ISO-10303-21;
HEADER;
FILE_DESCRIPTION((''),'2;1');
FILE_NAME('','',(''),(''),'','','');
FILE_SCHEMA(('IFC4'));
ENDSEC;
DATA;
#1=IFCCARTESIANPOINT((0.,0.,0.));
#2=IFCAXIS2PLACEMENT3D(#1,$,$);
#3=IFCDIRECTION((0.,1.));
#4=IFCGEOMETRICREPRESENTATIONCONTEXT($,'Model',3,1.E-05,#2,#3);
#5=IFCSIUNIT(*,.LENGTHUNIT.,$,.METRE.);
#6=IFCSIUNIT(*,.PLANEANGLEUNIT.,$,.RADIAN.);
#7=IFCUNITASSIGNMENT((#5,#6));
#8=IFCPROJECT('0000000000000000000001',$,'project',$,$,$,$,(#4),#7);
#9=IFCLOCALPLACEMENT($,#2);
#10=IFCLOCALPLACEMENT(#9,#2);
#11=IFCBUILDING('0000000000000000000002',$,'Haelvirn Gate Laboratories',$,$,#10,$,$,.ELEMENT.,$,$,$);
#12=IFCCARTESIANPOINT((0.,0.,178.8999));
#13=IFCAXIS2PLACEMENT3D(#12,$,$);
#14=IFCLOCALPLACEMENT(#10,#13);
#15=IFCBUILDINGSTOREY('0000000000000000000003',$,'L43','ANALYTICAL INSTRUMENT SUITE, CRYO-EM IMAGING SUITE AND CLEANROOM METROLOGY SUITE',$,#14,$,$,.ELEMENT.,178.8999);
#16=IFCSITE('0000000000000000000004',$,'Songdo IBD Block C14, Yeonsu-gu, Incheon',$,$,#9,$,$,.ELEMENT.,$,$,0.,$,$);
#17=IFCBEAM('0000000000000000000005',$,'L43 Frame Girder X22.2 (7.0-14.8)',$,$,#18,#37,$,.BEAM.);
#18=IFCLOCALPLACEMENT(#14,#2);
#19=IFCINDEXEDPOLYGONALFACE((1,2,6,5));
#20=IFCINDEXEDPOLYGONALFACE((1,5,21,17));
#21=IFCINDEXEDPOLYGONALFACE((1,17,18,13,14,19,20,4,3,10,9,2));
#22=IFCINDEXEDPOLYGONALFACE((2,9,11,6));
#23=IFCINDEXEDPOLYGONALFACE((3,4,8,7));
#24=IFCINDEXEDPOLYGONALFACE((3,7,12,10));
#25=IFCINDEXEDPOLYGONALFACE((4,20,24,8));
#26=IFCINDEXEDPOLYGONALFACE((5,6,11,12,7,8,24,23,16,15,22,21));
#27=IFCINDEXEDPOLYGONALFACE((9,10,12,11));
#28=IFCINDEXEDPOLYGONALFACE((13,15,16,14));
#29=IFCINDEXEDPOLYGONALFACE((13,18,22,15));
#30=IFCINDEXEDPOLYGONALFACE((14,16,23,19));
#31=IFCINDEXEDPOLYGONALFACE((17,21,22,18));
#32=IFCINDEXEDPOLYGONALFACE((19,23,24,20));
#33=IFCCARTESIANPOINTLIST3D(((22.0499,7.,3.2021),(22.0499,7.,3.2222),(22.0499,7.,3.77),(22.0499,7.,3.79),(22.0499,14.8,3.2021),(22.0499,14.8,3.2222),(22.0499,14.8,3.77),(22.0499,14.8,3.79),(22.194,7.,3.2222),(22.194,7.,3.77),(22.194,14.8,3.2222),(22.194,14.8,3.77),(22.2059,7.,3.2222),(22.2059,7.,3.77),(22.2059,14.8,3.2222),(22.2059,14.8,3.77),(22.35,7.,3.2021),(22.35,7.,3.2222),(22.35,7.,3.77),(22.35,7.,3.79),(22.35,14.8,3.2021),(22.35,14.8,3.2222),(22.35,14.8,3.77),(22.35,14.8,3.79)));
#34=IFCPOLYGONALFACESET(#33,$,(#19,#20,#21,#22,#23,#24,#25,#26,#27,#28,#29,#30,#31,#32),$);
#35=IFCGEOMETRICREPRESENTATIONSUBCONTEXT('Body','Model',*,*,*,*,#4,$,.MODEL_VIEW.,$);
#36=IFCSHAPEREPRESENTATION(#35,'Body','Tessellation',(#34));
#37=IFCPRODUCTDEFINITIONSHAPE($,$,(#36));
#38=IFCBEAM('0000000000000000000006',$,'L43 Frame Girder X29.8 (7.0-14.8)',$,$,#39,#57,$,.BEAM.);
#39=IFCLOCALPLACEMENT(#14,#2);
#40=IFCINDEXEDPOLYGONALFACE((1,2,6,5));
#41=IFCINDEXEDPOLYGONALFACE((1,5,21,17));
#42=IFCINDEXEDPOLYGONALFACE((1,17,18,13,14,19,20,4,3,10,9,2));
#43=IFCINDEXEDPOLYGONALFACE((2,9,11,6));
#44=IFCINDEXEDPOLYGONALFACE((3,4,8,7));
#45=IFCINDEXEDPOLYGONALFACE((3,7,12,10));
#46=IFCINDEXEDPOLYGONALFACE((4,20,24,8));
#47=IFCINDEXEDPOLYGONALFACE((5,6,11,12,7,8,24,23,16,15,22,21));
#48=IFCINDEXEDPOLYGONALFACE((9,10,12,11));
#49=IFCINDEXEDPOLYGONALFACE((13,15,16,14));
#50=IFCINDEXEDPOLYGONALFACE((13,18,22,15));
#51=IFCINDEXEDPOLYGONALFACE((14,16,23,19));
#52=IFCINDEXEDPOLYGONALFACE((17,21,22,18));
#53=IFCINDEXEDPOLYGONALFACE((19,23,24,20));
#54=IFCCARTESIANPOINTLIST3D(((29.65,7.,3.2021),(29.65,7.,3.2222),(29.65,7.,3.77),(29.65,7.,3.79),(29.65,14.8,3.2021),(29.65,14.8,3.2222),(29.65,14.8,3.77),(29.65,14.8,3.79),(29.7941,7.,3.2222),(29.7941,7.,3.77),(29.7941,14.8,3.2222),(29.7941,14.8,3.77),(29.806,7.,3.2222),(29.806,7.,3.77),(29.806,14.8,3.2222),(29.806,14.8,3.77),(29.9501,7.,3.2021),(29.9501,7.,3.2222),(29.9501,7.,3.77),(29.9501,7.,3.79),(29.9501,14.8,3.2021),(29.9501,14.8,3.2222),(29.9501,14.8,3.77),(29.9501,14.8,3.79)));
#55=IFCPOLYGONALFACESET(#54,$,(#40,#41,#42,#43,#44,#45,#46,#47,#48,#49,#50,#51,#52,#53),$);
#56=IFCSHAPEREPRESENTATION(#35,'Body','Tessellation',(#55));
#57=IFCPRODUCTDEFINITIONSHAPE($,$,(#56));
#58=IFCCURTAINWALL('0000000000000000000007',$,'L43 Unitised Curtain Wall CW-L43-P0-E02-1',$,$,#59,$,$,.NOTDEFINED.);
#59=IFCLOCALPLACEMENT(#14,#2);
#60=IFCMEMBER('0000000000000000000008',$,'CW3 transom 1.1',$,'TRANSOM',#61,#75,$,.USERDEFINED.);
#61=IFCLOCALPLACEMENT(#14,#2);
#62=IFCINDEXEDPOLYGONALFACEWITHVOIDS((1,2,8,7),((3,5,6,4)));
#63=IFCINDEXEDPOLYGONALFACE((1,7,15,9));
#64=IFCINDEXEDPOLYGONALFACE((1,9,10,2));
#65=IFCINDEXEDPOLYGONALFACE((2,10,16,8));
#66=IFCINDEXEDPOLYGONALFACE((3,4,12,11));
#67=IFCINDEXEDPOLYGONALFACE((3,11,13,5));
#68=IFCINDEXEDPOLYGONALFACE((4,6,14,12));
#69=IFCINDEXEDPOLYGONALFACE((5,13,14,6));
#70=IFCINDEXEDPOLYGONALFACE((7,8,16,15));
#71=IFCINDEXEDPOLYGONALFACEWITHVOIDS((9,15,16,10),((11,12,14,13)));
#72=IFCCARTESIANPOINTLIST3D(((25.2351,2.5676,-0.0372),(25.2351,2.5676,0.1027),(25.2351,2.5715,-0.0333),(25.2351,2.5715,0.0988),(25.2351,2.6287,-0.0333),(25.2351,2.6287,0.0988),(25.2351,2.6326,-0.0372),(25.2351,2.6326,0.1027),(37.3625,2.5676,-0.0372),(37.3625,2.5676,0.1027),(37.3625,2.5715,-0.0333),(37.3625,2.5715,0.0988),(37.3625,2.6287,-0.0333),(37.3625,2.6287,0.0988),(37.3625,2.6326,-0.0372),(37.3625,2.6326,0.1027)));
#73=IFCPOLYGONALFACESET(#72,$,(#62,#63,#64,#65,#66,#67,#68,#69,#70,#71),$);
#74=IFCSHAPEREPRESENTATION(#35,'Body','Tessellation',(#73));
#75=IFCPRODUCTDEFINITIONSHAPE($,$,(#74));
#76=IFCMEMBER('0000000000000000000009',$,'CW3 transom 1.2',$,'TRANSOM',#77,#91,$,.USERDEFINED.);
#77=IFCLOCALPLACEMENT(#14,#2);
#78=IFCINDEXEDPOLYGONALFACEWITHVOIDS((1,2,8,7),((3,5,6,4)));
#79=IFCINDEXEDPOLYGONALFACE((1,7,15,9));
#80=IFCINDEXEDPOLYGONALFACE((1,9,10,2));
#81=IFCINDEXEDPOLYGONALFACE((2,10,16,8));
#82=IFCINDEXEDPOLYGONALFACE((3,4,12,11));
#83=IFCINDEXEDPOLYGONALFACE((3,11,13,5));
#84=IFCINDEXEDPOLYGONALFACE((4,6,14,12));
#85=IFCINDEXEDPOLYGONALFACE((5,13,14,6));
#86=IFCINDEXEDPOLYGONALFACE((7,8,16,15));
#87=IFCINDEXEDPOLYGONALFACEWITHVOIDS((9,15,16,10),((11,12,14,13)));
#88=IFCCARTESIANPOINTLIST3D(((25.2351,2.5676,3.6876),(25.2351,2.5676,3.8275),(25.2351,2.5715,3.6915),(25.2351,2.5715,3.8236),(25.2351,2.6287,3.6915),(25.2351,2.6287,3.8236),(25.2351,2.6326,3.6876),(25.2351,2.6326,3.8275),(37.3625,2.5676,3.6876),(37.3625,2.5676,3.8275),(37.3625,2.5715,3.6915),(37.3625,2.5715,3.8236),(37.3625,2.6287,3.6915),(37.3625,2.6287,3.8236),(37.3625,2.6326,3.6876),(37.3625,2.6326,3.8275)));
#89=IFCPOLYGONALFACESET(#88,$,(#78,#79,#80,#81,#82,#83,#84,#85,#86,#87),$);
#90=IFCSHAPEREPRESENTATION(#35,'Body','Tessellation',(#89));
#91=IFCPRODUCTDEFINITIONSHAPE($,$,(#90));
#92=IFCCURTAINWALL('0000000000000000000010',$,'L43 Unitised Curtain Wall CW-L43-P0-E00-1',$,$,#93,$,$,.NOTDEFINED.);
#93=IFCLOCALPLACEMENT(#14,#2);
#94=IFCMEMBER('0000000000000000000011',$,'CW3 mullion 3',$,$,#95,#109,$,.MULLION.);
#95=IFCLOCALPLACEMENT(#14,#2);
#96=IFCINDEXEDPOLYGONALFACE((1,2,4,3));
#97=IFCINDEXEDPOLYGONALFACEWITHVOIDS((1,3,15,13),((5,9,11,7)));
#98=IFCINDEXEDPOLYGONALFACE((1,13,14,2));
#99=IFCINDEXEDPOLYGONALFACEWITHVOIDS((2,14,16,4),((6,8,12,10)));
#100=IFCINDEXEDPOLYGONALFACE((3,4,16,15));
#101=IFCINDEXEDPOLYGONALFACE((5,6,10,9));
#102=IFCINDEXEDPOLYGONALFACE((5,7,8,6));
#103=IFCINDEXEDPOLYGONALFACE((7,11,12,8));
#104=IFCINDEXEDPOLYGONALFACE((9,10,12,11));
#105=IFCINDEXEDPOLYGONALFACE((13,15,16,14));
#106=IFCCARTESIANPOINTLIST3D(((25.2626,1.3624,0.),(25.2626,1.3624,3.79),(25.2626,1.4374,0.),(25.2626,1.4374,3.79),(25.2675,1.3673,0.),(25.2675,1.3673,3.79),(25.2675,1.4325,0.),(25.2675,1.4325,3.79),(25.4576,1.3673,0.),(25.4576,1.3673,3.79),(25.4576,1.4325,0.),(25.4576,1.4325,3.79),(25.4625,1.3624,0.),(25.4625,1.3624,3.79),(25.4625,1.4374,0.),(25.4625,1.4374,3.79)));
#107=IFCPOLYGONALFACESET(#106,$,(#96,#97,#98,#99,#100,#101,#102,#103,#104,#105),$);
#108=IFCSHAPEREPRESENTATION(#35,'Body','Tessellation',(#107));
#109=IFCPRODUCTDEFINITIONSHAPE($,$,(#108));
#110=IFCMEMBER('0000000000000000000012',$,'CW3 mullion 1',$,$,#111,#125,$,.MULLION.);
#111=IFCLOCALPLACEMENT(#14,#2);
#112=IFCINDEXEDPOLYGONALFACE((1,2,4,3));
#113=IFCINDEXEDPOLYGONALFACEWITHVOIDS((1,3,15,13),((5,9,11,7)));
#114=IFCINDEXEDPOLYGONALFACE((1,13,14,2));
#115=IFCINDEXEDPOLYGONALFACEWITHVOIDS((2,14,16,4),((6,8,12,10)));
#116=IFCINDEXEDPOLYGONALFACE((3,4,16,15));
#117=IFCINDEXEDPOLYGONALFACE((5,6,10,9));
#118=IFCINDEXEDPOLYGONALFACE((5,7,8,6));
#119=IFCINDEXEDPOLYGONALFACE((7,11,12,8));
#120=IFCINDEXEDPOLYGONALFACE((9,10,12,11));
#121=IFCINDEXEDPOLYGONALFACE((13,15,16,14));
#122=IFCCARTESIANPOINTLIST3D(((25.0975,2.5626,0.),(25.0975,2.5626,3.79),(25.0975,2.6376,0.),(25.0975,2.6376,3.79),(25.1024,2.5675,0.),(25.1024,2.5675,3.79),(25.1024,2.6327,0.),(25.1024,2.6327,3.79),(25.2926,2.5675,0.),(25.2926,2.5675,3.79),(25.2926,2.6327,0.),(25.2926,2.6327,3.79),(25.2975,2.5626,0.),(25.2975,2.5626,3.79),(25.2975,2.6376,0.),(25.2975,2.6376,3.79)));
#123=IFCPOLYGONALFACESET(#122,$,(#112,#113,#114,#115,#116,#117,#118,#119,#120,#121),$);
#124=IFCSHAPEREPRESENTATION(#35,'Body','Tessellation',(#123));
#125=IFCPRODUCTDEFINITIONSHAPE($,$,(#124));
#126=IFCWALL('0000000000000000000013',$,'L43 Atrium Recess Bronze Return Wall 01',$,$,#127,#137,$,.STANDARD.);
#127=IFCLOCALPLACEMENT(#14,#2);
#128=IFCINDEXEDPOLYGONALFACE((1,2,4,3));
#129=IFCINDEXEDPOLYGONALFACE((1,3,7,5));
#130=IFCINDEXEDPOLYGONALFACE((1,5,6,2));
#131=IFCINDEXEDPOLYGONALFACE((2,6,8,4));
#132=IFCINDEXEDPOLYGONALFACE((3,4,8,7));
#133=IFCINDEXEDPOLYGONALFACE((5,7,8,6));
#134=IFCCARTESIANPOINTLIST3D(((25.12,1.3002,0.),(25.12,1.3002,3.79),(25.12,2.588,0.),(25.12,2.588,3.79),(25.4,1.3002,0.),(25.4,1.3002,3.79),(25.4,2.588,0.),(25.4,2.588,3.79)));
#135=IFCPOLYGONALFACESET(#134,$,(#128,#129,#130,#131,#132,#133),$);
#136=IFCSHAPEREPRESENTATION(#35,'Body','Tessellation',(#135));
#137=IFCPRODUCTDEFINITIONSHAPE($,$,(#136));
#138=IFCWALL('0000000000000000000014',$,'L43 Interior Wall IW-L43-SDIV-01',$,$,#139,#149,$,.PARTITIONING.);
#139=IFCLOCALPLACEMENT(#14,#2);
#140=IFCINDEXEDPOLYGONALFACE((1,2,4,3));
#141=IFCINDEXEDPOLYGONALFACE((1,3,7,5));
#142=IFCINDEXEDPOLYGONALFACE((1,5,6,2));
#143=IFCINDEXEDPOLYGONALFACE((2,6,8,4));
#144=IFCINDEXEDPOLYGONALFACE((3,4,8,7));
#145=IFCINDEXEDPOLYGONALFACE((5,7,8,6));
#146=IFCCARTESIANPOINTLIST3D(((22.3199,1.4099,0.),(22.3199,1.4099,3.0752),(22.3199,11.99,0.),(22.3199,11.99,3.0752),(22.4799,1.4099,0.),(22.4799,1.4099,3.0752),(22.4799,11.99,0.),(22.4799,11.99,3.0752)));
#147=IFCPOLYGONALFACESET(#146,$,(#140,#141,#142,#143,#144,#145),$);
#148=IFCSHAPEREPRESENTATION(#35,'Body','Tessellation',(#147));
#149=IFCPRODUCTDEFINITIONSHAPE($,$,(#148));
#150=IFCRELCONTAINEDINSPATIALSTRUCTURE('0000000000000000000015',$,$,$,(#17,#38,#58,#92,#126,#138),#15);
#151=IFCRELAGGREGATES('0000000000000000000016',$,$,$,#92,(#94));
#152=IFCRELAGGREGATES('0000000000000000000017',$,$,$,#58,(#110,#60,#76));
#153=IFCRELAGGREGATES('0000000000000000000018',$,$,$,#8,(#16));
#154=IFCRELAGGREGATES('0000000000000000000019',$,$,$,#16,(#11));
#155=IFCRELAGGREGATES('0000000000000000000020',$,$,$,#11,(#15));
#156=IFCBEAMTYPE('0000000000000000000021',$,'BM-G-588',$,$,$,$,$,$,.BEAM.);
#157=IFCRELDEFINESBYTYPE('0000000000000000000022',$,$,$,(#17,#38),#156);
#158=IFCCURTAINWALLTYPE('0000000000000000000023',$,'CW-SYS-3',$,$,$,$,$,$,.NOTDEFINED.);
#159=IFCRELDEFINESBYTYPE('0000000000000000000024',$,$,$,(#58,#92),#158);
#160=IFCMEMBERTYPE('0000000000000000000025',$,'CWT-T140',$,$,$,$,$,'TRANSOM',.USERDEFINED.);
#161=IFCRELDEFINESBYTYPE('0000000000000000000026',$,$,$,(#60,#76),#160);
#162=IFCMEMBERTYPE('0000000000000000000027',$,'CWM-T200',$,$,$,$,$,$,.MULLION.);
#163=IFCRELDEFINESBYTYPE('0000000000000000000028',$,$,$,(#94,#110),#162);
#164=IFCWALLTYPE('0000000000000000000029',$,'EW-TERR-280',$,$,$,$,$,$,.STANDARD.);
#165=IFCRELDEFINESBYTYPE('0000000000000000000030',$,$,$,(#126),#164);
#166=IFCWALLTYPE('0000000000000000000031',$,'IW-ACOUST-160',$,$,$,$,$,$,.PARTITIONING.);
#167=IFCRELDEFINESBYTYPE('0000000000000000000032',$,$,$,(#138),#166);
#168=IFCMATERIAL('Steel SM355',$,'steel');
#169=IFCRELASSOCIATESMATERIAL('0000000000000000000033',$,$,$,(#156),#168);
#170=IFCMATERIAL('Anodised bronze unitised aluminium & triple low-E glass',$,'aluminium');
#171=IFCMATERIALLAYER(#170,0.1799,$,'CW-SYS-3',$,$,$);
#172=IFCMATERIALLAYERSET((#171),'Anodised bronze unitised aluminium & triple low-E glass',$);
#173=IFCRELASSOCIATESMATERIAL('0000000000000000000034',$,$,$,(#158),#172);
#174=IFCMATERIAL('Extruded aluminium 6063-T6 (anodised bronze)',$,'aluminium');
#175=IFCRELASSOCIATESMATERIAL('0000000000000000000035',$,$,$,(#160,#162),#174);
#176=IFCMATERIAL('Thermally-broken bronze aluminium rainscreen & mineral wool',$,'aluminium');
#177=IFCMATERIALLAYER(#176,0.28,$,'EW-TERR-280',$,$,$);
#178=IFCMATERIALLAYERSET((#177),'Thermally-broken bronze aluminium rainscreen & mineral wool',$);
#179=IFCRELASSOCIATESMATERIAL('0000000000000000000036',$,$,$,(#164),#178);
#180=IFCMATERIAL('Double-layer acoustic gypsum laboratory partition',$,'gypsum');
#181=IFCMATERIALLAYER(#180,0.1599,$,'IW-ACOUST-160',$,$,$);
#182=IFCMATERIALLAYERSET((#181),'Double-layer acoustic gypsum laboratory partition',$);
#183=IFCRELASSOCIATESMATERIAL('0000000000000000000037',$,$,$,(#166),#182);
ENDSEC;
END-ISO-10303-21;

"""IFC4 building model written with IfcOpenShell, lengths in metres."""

from ifc_helpers import new_model, si_unit, direction, frame, frame_2d, origin, origin_2d, place, context, subcontext, project, spatial, rectangle, hollow_rectangle, i_section, extrude, source, transform, mapped, material, layer, layer_set, material_profile, profile_set, type_object, type_shapes, element, aggregate, save


model = new_model("IFC4")

# Units and contexts
model_context = context("Model", 3, precision=1e-05, world=origin(), true_north=direction((0.0, 1.0)))
body_context = subcontext(model_context, "Body", "Model", "MODEL_VIEW")
ifc_project = project(units=[si_unit("LENGTHUNIT", "METRE"), si_unit("PLANEANGLEUNIT", "RADIAN")], contexts=[model_context])

# Site, building, storey
site_placement = place(None, origin())
site = spatial("IfcSite", under=ifc_project, at=site_placement, Name="Songdo IBD Block C14, Yeonsu-gu, Incheon", CompositionType="ELEMENT", RefElevation=0.0)
building_placement = place(site_placement, origin())
building = spatial("IfcBuilding", under=site, at=building_placement, Name="Haelvirn Gate Laboratories", CompositionType="ELEMENT")
storey_placement = place(building_placement, frame((0.0, 0.0, 178.8999)))
storey = spatial("IfcBuildingStorey", under=building, at=storey_placement, Name="L43", Description="ANALYTICAL INSTRUMENT SUITE, CRYO-EM IMAGING SUITE AND CLEANROOM METROLOGY SUITE", CompositionType="ELEMENT", Elevation=178.8999)

# Shared definitions
ifc_material_1 = material(Name="Steel SM355", Category="steel")

# Beams
ifc_material_profile_1 = material_profile(ifc_material_1, i_section(OverallWidth=0.3, OverallDepth=0.5879, WebThickness=0.012, FlangeThickness=0.02, at=origin_2d()), Name="H-588x300x12x20")
ifc_profile_set_1 = profile_set([ifc_material_profile_1], Name="Steel SM355")
beam_type_1 = type_object("IfcBeamType", Name="BM-G-588", PredefinedType="BEAM", material=ifc_profile_set_1)
shared_shape_1 = source(origin(), body_context, "Body", "SweptSolid", [
    extrude(i_section(OverallWidth=0.3, OverallDepth=0.5879, WebThickness=0.012, FlangeThickness=0.02, at=origin_2d()), origin(), (0.0, 0.0, 1.0), 7.8),
])
type_shapes(beam_type_1, [shared_shape_1])
for number, where, z_axis, x_axis, name in (
    (1, (22.2, 7.0, 3.4961), (0.0, 1.0, 0.0), (-1.0, 0.0, 0.0), "L43 Frame Girder X22.2 (7.0-14.8)"),
    (2, (29.8, 7.0, 3.4961), (0.0, 1.0, 0.0), (-1.0, 0.0, 0.0), "L43 Frame Girder X29.8 (7.0-14.8)"),
):
    element("IfcBeam", number, at=place(storey_placement, frame(where, z_axis=z_axis, x_axis=x_axis)), inside=storey, type_object=beam_type_1, Name=name, PredefinedType="BEAM", context=body_context, shape_type="MappedRepresentation", body=[
        mapped(shared_shape_1, transform((0.0, 0.0, 0.0), scale=1.0)),
    ])

# Curtain wall, members
ifc_material_2 = material(Name="Anodised bronze unitised aluminium & triple low-E glass", Category="aluminium")
ifc_layer_1 = layer(ifc_material_2, 0.1799, Name="CW-SYS-3")
ifc_layer_set_1 = layer_set([ifc_layer_1], Name="Anodised bronze unitised aluminium & triple low-E glass")
curtain_wall_type = type_object("IfcCurtainWallType", Name="CW-SYS-3", PredefinedType="NOTDEFINED", material=ifc_layer_set_1)
curtain_wall_1_placement = place(storey_placement, origin())
curtain_wall_1 = element("IfcCurtainWall", 3, at=curtain_wall_1_placement, inside=storey, type_object=curtain_wall_type, Name="L43 Unitised Curtain Wall CW-L43-P0-E02-1", PredefinedType="NOTDEFINED")
ifc_material_3 = material(Name="Extruded aluminium 6063-T6 (anodised bronze)", Category="aluminium")
ifc_material_profile_2 = material_profile(ifc_material_3, hollow_rectangle(XDim=0.0649, YDim=0.1399, WallThickness=0.0039, at=origin_2d()), Name="CWT-140x65x4")
ifc_profile_set_2 = profile_set([ifc_material_profile_2], Name="Extruded aluminium 6063-T6 (anodised bronze)")
member_type_1 = type_object("IfcMemberType", Name="CWT-T140", ElementType="TRANSOM", PredefinedType="USERDEFINED", material=ifc_profile_set_2)
shared_shape_2 = source(origin(), body_context, "Body", "SweptSolid", [
    extrude(hollow_rectangle(XDim=0.0649, YDim=0.1399, WallThickness=0.0039, at=origin_2d()), origin(), (0.0, 0.0, 1.0), 12.1274),
])
type_shapes(member_type_1, [shared_shape_2])
member_1_placement = place(storey_placement, frame((25.2351, 2.6001, 0.0327), z_axis=(1.0, 0.0, 0.0), x_axis=(0.0, 1.0, 0.0)))
member_1 = element("IfcMember", 4, at=member_1_placement, type_object=member_type_1, Name="CW3 transom 1.1", ObjectType="TRANSOM", PredefinedType="USERDEFINED", context=body_context, shape_type="MappedRepresentation", body=[
    mapped(shared_shape_2, transform((0.0, 0.0, 0.0), scale=1.0)),
])
member_2_placement = place(storey_placement, frame((25.2351, 2.6001, 3.7576), z_axis=(1.0, 0.0, 0.0), x_axis=(0.0, 1.0, 0.0)))
member_2 = element("IfcMember", 5, at=member_2_placement, type_object=member_type_1, Name="CW3 transom 1.2", ObjectType="TRANSOM", PredefinedType="USERDEFINED", context=body_context, shape_type="MappedRepresentation", body=[
    mapped(shared_shape_2, transform((0.0, 0.0, 0.0), scale=1.0)),
])

# Curtain wall, member
curtain_wall_2_placement = place(storey_placement, origin())
curtain_wall_2 = element("IfcCurtainWall", 6, at=curtain_wall_2_placement, inside=storey, type_object=curtain_wall_type, Name="L43 Unitised Curtain Wall CW-L43-P0-E00-1", PredefinedType="NOTDEFINED")
ifc_material_profile_3 = material_profile(ifc_material_3, hollow_rectangle(XDim=0.075, YDim=0.2, WallThickness=0.0049, at=origin_2d()), Name="CWM-200x75x5")
ifc_profile_set_3 = profile_set([ifc_material_profile_3], Name="Extruded aluminium 6063-T6 (anodised bronze)")
member_type_2 = type_object("IfcMemberType", Name="CWM-T200", PredefinedType="MULLION", material=ifc_profile_set_3)
shared_shape_3 = source(origin(), body_context, "Body", "SweptSolid", [
    extrude(hollow_rectangle(XDim=0.075, YDim=0.2, WallThickness=0.0049, at=origin_2d()), origin(), (0.0, 0.0, 1.0), 3.79),
])
type_shapes(member_type_2, [shared_shape_3])
member_3_placement = place(storey_placement, frame((25.3625, 1.3999, 0.0), z_axis=(0.0, 0.0, 1.0), x_axis=(0.0, 1.0, 0.0)))
member_3 = element("IfcMember", 7, at=member_3_placement, type_object=member_type_2, Name="CW3 mullion 3", PredefinedType="MULLION", context=body_context, shape_type="MappedRepresentation", body=[
    mapped(shared_shape_3, transform((0.0, 0.0, 0.0), scale=1.0)),
])
aggregate(curtain_wall_2, [member_3])

# Member
member_4_placement = place(storey_placement, frame((25.1975, 2.6001, 0.0), z_axis=(0.0, 0.0, 1.0), x_axis=(0.0, 1.0, 0.0)))
member_4 = element("IfcMember", 8, at=member_4_placement, type_object=member_type_2, Name="CW3 mullion 1", PredefinedType="MULLION", context=body_context, shape_type="MappedRepresentation", body=[
    mapped(shared_shape_3, transform((0.0, 0.0, 0.0), scale=1.0)),
])
aggregate(curtain_wall_1, [member_4, member_1, member_2])

# Walls
ifc_material_4 = material(Name="Thermally-broken bronze aluminium rainscreen & mineral wool", Category="aluminium")
ifc_layer_2 = layer(ifc_material_4, 0.28, Name="EW-TERR-280")
ifc_layer_set_2 = layer_set([ifc_layer_2], Name="Thermally-broken bronze aluminium rainscreen & mineral wool")
wall_type_1 = type_object("IfcWallType", Name="EW-TERR-280", PredefinedType="STANDARD", material=ifc_layer_set_2)
wall_1_placement = place(storey_placement, frame((25.26, 1.3, 0.0), z_axis=(0.0, 0.0, 1.0), x_axis=(0.0, 1.0, 0.0)))
element("IfcWall", 9, at=wall_1_placement, inside=storey, type_object=wall_type_1, Name="L43 Atrium Recess Bronze Return Wall 01", PredefinedType="STANDARD", context=body_context, shape_type="SweptSolid", body=[
    extrude(rectangle(XDim=1.2878, YDim=0.28, at=frame_2d((0.644, 0.0))), origin(), (0.0, 0.0, 1.0), 3.79),
])
ifc_material_5 = material(Name="Double-layer acoustic gypsum laboratory partition", Category="gypsum")
ifc_layer_3 = layer(ifc_material_5, 0.1599, Name="IW-ACOUST-160")
ifc_layer_set_3 = layer_set([ifc_layer_3], Name="Double-layer acoustic gypsum laboratory partition")
wall_type_2 = type_object("IfcWallType", Name="IW-ACOUST-160", PredefinedType="PARTITIONING", material=ifc_layer_set_3)
wall_2_placement = place(storey_placement, frame((22.3999, 1.4099, 0.0), z_axis=(0.0, 0.0, 1.0), x_axis=(0.0, 1.0, 0.0)))
element("IfcWall", 10, at=wall_2_placement, inside=storey, type_object=wall_type_2, Name="L43 Interior Wall IW-L43-SDIV-01", PredefinedType="PARTITIONING", context=body_context, shape_type="SweptSolid", body=[
    extrude(rectangle(XDim=10.5801, YDim=0.1599, at=frame_2d((5.29, 0.0))), origin(), (0.0, 0.0, 1.0), 3.0752),
])

save(model, "model.ifc")
